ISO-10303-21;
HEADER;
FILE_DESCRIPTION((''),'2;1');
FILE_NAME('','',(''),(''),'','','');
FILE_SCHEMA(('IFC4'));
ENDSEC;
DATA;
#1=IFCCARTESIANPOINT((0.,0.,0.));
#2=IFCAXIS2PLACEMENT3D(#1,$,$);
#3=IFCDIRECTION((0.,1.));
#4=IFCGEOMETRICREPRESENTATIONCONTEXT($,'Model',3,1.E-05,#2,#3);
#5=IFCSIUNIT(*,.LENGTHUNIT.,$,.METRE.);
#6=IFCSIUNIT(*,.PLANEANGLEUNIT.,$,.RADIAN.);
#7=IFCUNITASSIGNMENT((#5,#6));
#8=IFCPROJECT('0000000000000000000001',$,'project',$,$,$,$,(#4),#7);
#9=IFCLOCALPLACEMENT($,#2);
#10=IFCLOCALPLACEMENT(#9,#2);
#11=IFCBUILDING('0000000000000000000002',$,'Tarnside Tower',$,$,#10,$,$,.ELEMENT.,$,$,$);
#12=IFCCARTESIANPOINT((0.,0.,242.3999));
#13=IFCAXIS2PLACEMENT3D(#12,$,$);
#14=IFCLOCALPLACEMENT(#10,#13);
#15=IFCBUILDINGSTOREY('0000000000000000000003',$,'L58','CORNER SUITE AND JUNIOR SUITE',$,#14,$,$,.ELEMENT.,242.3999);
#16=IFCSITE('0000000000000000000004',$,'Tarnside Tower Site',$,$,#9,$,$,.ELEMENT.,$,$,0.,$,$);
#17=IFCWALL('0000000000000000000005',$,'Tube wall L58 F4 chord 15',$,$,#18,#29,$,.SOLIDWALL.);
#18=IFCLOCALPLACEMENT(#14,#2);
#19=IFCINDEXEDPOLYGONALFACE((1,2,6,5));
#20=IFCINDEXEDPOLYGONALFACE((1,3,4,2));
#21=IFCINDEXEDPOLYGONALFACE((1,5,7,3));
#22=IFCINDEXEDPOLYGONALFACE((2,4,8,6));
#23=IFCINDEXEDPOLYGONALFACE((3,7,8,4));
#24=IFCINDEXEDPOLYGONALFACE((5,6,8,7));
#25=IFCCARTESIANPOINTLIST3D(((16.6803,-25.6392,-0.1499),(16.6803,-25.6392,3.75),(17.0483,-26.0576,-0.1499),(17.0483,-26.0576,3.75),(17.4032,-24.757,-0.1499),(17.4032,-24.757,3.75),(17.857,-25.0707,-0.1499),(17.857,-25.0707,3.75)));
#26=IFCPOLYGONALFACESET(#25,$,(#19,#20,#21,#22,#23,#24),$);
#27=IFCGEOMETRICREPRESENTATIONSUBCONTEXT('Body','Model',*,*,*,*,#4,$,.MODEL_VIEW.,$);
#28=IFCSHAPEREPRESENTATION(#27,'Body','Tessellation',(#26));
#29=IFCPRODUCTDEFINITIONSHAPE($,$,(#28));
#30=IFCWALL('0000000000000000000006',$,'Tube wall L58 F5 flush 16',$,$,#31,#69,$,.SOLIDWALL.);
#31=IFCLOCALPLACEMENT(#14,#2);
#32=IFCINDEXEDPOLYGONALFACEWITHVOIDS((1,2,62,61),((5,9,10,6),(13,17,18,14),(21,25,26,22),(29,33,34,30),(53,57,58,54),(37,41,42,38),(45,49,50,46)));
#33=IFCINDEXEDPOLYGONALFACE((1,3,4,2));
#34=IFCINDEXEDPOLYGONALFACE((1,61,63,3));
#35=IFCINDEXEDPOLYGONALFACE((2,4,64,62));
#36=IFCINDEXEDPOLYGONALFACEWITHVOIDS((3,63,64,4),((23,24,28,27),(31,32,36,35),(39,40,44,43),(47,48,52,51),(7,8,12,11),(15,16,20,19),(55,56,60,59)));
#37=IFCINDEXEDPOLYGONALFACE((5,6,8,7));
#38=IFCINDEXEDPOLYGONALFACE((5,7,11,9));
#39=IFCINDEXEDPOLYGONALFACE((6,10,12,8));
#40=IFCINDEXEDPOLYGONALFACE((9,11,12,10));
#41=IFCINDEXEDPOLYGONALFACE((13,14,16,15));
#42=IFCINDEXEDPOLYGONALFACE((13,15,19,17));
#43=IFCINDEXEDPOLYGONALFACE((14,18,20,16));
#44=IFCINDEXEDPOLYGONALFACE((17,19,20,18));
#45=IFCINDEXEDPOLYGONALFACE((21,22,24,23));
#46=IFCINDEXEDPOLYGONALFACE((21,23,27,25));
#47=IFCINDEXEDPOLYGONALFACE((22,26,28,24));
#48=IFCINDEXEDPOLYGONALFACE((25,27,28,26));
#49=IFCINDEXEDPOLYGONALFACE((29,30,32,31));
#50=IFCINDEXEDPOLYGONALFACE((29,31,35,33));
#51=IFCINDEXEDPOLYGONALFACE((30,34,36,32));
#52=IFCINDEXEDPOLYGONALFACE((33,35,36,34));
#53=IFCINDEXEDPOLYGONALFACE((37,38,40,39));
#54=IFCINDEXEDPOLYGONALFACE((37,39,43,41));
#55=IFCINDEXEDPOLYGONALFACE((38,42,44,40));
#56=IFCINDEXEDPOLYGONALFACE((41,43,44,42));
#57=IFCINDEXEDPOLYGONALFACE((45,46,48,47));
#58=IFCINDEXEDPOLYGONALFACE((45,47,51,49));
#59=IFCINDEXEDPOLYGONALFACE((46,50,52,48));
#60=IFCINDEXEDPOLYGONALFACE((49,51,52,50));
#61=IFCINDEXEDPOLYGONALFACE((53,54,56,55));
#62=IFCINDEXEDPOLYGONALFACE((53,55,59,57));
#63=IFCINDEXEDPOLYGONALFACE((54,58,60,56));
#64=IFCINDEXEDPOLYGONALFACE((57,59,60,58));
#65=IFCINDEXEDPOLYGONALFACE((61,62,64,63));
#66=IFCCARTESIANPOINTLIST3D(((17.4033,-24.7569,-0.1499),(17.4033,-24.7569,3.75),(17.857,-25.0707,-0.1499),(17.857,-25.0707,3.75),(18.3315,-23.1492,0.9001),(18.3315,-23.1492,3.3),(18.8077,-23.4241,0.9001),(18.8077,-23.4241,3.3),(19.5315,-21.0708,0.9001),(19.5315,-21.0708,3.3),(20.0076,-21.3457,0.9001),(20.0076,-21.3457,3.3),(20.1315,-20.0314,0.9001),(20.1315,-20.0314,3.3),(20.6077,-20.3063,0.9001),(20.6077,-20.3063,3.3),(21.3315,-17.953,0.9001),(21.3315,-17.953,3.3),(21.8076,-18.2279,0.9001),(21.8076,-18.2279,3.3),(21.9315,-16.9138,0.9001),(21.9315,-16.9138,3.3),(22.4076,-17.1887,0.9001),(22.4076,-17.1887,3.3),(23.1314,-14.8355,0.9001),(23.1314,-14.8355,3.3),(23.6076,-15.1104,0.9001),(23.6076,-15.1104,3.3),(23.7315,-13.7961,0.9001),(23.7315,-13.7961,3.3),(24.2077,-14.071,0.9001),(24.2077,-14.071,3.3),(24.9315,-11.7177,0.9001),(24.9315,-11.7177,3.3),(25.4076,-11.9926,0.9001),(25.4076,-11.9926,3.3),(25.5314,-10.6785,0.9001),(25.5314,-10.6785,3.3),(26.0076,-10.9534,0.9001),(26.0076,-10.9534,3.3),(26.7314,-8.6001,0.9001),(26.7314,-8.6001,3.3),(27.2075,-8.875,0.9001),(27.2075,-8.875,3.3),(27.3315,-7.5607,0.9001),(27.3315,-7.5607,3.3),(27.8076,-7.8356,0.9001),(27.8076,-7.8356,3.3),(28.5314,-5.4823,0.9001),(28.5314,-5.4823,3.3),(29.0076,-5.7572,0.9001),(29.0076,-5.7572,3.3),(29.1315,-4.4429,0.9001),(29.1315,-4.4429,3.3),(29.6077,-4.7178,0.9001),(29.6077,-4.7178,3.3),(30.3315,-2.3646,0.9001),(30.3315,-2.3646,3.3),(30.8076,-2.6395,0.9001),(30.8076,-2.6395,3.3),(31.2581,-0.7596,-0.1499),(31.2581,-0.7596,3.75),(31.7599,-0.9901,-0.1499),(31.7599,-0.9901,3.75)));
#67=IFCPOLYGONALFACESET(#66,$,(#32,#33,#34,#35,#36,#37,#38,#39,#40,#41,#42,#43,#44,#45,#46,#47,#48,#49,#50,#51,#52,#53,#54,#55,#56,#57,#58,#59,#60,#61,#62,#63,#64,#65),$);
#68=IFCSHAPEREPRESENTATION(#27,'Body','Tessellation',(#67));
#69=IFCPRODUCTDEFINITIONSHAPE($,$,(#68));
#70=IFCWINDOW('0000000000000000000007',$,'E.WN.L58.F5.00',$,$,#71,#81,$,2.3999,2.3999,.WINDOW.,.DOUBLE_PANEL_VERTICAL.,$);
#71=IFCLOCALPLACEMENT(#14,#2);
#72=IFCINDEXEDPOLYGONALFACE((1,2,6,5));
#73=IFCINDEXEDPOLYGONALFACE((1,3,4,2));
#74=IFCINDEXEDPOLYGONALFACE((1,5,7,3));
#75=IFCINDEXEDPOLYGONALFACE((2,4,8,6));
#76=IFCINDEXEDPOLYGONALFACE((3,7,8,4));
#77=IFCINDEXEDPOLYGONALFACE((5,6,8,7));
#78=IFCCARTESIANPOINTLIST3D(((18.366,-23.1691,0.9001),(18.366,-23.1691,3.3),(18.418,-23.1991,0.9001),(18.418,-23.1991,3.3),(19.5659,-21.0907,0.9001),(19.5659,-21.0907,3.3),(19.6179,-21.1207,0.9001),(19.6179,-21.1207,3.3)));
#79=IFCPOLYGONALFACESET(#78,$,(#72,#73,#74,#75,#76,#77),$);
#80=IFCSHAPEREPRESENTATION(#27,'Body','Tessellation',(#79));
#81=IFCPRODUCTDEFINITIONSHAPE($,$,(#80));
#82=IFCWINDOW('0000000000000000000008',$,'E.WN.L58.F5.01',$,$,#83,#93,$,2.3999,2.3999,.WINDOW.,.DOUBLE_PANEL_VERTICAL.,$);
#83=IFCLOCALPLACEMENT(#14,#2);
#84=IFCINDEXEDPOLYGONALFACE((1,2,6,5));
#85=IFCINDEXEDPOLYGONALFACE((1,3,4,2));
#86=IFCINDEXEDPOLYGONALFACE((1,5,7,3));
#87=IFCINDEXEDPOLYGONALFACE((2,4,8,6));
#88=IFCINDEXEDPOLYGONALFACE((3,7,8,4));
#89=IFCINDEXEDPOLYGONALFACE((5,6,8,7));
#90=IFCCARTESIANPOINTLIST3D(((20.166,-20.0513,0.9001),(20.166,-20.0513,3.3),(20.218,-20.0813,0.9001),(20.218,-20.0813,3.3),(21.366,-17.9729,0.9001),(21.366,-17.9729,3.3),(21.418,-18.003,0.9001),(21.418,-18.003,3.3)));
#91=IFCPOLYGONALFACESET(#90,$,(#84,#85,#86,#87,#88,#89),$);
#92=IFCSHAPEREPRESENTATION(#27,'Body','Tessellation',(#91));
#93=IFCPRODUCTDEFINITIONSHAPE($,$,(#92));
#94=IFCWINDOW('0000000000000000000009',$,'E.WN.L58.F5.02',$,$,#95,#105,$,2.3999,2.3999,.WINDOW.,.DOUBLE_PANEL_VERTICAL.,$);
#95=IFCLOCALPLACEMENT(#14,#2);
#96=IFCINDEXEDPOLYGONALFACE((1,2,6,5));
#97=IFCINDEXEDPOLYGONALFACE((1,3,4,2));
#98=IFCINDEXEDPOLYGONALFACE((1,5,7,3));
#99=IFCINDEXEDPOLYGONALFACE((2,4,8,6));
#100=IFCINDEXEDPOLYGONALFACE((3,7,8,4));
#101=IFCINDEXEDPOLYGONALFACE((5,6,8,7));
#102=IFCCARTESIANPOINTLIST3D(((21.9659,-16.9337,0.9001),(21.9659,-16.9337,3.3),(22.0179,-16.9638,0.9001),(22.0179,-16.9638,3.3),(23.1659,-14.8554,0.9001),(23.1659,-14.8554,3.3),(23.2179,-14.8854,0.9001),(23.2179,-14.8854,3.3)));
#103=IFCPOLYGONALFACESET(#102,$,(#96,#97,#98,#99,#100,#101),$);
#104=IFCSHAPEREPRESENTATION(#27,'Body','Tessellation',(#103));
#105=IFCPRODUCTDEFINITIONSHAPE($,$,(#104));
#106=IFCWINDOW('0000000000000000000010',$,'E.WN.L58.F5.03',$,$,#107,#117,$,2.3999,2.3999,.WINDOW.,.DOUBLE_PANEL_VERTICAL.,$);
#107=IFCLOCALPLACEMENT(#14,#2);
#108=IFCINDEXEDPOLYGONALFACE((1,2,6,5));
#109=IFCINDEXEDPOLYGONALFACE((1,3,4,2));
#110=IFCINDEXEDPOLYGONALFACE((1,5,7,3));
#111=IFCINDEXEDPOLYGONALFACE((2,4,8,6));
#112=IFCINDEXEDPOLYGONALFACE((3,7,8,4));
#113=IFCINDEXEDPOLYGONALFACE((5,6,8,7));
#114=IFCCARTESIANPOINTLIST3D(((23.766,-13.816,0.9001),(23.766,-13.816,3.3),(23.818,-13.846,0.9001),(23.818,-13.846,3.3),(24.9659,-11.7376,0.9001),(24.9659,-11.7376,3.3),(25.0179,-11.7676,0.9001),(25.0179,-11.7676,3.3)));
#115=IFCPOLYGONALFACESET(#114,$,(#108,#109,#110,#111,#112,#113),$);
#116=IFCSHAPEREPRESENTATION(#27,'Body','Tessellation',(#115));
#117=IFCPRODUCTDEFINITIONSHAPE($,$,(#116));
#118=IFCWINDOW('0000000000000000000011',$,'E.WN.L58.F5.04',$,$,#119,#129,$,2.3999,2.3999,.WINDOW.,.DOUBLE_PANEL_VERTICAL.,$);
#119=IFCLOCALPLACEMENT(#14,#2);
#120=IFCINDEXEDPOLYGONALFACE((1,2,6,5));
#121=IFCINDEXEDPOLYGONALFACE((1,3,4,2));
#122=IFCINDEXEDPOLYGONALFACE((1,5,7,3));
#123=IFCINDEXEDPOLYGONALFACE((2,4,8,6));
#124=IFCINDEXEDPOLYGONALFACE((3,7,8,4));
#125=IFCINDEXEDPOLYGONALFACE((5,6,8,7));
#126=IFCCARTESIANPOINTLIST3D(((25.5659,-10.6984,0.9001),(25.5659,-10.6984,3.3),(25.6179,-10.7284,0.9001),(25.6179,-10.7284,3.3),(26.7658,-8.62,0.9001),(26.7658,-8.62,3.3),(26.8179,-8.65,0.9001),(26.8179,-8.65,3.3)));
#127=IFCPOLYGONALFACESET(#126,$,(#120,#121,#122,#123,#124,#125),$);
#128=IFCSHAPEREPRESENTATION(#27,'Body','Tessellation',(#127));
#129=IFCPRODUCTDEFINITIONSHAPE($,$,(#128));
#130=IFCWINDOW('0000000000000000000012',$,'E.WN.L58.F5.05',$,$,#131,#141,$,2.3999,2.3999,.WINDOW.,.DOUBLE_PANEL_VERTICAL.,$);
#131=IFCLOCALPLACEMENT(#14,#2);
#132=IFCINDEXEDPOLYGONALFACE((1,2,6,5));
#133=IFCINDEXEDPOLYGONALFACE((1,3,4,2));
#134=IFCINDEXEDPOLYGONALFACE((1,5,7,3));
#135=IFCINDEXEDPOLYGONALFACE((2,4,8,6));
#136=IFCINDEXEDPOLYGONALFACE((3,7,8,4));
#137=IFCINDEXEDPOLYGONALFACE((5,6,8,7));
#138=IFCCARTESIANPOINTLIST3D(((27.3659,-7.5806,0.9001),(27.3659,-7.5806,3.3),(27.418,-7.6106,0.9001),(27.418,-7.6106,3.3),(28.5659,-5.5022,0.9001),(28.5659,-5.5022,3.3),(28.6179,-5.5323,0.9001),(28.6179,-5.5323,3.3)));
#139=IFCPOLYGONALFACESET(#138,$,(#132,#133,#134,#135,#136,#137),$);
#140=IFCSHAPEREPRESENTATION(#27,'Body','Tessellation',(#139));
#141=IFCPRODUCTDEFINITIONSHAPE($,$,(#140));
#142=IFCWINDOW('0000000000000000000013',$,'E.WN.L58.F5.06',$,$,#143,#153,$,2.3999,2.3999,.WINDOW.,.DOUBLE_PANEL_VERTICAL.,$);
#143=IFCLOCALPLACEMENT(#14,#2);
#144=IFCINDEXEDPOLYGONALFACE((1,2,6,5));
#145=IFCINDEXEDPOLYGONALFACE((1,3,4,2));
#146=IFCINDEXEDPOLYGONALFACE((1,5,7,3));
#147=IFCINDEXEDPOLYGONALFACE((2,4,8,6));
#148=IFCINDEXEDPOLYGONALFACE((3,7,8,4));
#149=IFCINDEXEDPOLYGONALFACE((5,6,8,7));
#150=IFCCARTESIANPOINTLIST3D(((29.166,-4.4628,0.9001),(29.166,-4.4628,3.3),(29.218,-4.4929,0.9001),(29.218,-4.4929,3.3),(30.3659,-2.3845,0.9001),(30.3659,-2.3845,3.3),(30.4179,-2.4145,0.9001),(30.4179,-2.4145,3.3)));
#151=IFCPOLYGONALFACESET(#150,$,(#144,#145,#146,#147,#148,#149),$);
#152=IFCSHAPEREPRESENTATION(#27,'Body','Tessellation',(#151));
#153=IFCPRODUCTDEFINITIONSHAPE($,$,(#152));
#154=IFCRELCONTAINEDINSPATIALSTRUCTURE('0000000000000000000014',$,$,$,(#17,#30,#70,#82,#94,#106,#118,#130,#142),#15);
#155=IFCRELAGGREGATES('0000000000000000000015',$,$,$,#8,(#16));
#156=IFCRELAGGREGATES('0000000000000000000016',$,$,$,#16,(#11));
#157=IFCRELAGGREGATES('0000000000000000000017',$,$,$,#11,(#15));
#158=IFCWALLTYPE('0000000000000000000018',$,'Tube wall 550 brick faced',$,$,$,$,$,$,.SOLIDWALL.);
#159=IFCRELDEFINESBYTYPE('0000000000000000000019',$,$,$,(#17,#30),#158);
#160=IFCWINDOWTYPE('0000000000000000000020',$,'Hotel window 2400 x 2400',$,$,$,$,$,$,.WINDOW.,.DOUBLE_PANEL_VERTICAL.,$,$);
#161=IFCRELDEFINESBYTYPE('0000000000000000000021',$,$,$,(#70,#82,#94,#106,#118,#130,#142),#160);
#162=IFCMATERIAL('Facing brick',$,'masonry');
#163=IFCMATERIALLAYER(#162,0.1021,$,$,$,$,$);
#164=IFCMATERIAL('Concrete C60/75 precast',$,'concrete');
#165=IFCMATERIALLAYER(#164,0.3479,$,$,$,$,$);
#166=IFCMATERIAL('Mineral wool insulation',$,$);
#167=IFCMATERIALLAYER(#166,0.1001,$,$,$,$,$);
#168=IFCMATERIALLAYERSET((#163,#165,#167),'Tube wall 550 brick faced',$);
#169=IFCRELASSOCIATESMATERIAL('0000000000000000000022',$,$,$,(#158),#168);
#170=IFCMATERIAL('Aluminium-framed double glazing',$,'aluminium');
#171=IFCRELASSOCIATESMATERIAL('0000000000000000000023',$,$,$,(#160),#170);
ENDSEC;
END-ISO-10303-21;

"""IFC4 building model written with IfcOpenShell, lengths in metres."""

from ifc_helpers import new_model, si_unit, direction, frame, frame_2d, origin, place, context, subcontext, project, spatial, polyline, rectangle, outline, extrude, material, layer, layer_set, type_object, element, fill, save


model = new_model("IFC4")

# Units and contexts
model_context = context("Model", 3, precision=1e-05, world=origin(), true_north=direction((0.0, 1.0)))
body_context = subcontext(model_context, "Body", "Model", "MODEL_VIEW")
ifc_project = project(units=[si_unit("LENGTHUNIT", "METRE"), si_unit("PLANEANGLEUNIT", "RADIAN")], contexts=[model_context])

# Site, building, storey
site_placement = place(None, origin())
site = spatial("IfcSite", under=ifc_project, at=site_placement, Name="Tarnside Tower Site", CompositionType="ELEMENT", RefElevation=0.0)
building_placement = place(site_placement, origin())
building = spatial("IfcBuilding", under=site, at=building_placement, Name="Tarnside Tower", CompositionType="ELEMENT")
storey_placement = place(building_placement, frame((0.0, 0.0, 242.3999)))
storey = spatial("IfcBuildingStorey", under=building, at=storey_placement, Name="L58", Description="CORNER SUITE AND JUNIOR SUITE", CompositionType="ELEMENT", Elevation=242.3999)

# Wall
ifc_material_1 = material(Name="Facing brick", Category="masonry")
ifc_layer_1 = layer(ifc_material_1, 0.1021)
ifc_material_2 = material(Name="Concrete C60/75 precast", Category="concrete")
ifc_layer_2 = layer(ifc_material_2, 0.3479)
ifc_material_3 = material(Name="Mineral wool insulation")
ifc_layer_3 = layer(ifc_material_3, 0.1001)
ifc_layer_set_1 = layer_set([ifc_layer_1, ifc_layer_2, ifc_layer_3], Name="Tube wall 550 brick faced")
wall_type_1 = type_object("IfcWallType", Name="Tube wall 550 brick faced", PredefinedType="SOLIDWALL", material=ifc_layer_set_1)
wall_1_placement = place(storey_placement, frame((16.8643, -25.8484, -0.1499), z_axis=(0.0, 0.0, 1.0), x_axis=(0.633843, 0.773462, 0.0)))
element("IfcWall", 1, at=wall_1_placement, inside=storey, type_object=wall_type_1, Name="Tube wall L58 F4 chord 15", PredefinedType="SOLIDWALL", context=body_context, shape_type="SweptSolid", body=[
    extrude(outline(polyline([(-0.0452, -0.2749), (1.2307, -0.2749), (1.1858, 0.2749), (0.0452, 0.2749), (-0.0452, -0.2749)])), origin(), (0.0, 0.0, 1.0), 3.8999),
])

# Wall, openings, windows
wall_2_placement = place(storey_placement, frame((17.6301, -24.9138, -0.1499), z_axis=(0.0, 0.0, 1.0), x_axis=(0.499999, 0.866026, 0.0)))
wall_2 = element("IfcWall", 2, at=wall_2_placement, inside=storey, type_object=wall_type_1, Name="Tube wall L58 F5 flush 16", PredefinedType="SOLIDWALL", context=body_context, shape_type="SweptSolid", body=[
    extrude(outline(polyline([(-0.0225, -0.2749), (27.7834, -0.2749), (27.7322, 0.2749), (0.0225, 0.2749), (-0.0225, -0.2749)])), origin(), (0.0, 0.0, 1.0), 3.8999),
])
opening_1_placement = place(wall_2_placement, frame((1.8789, 0.0, 1.05)))
opening_1 = element("IfcOpeningElement", 3, at=opening_1_placement, cuts=wall_2, PredefinedType="OPENING", context=body_context, shape_type="SweptSolid", body=[
    extrude(rectangle(XDim=2.3999, YDim=2.3999, at=frame_2d((1.2, 1.2))), frame((0.0, 0.2852, 0.0), z_axis=(0.0, -1.0, 0.0), x_axis=(1.0, 0.0, 0.0)), (0.0, 0.0, 1.0), 0.5701),
])
opening_2_placement = place(wall_2_placement, frame((5.479, 0.0, 1.05)))
opening_2 = element("IfcOpeningElement", 4, at=opening_2_placement, cuts=wall_2, PredefinedType="OPENING", context=body_context, shape_type="SweptSolid", body=[
    extrude(rectangle(XDim=2.3999, YDim=2.3999, at=frame_2d((1.2, 1.2))), frame((0.0, 0.2852, 0.0), z_axis=(0.0, -1.0, 0.0), x_axis=(1.0, 0.0, 0.0)), (0.0, 0.0, 1.0), 0.5701),
])
opening_3_placement = place(wall_2_placement, frame((9.0789, 0.0, 1.05)))
opening_3 = element("IfcOpeningElement", 5, at=opening_3_placement, cuts=wall_2, PredefinedType="OPENING", context=body_context, shape_type="SweptSolid", body=[
    extrude(rectangle(XDim=2.3999, YDim=2.3999, at=frame_2d((1.2, 1.2))), frame((0.0, 0.2852, 0.0), z_axis=(0.0, -1.0, 0.0), x_axis=(1.0, 0.0, 0.0)), (0.0, 0.0, 1.0), 0.5701),
])
opening_4_placement = place(wall_2_placement, frame((12.679, 0.0, 1.05)))
opening_4 = element("IfcOpeningElement", 6, at=opening_4_placement, cuts=wall_2, PredefinedType="OPENING", context=body_context, shape_type="SweptSolid", body=[
    extrude(rectangle(XDim=2.3999, YDim=2.3999, at=frame_2d((1.2, 1.2))), frame((0.0, 0.2852, 0.0), z_axis=(0.0, -1.0, 0.0), x_axis=(1.0, 0.0, 0.0)), (0.0, 0.0, 1.0), 0.5701),
])
opening_5_placement = place(wall_2_placement, frame((16.2788, 0.0, 1.05)))
opening_5 = element("IfcOpeningElement", 7, at=opening_5_placement, cuts=wall_2, PredefinedType="OPENING", context=body_context, shape_type="SweptSolid", body=[
    extrude(rectangle(XDim=2.3999, YDim=2.3999, at=frame_2d((1.2, 1.2))), frame((0.0, 0.2852, 0.0), z_axis=(0.0, -1.0, 0.0), x_axis=(1.0, 0.0, 0.0)), (0.0, 0.0, 1.0), 0.5701),
])
opening_6_placement = place(wall_2_placement, frame((19.8789, 0.0, 1.05)))
opening_6 = element("IfcOpeningElement", 8, at=opening_6_placement, cuts=wall_2, PredefinedType="OPENING", context=body_context, shape_type="SweptSolid", body=[
    extrude(rectangle(XDim=2.3999, YDim=2.3999, at=frame_2d((1.2, 1.2))), frame((0.0, 0.2852, 0.0), z_axis=(0.0, -1.0, 0.0), x_axis=(1.0, 0.0, 0.0)), (0.0, 0.0, 1.0), 0.5701),
])
opening_7_placement = place(wall_2_placement, frame((23.479, 0.0, 1.05)))
opening_7 = element("IfcOpeningElement", 9, at=opening_7_placement, cuts=wall_2, PredefinedType="OPENING", context=body_context, shape_type="SweptSolid", body=[
    extrude(rectangle(XDim=2.3999, YDim=2.3999, at=frame_2d((1.2, 1.2))), frame((0.0, 0.2852, 0.0), z_axis=(0.0, -1.0, 0.0), x_axis=(1.0, 0.0, 0.0)), (0.0, 0.0, 1.0), 0.5701),
])
ifc_material_4 = material(Name="Aluminium-framed double glazing", Category="aluminium")
window_type = type_object("IfcWindowType", Name="Hotel window 2400 x 2400", PartitioningType="DOUBLE_PANEL_VERTICAL", PredefinedType="WINDOW", material=ifc_material_4)
window_1_placement = place(opening_1_placement, frame((0.0, 0.2051, 0.0)))
window_1 = element("IfcWindow", 10, at=window_1_placement, inside=storey, type_object=window_type, Name="E.WN.L58.F5.00", OverallHeight=2.3999, OverallWidth=2.3999, PartitioningType="DOUBLE_PANEL_VERTICAL", PredefinedType="WINDOW", context=body_context, shape_type="SweptSolid", body=[
    extrude(rectangle(XDim=2.3999, YDim=2.3999, at=frame_2d((1.2, 1.2))), frame((0.0, 0.03, 0.0), z_axis=(0.0, -1.0, 0.0), x_axis=(1.0, 0.0, 0.0)), (0.0, 0.0, 1.0), 0.0601),
])
fill(opening_1, window_1)
window_2_placement = place(opening_2_placement, frame((0.0, 0.2051, 0.0)))
window_2 = element("IfcWindow", 11, at=window_2_placement, inside=storey, type_object=window_type, Name="E.WN.L58.F5.01", OverallHeight=2.3999, OverallWidth=2.3999, PartitioningType="DOUBLE_PANEL_VERTICAL", PredefinedType="WINDOW", context=body_context, shape_type="SweptSolid", body=[
    extrude(rectangle(XDim=2.3999, YDim=2.3999, at=frame_2d((1.2, 1.2))), frame((0.0, 0.03, 0.0), z_axis=(0.0, -1.0, 0.0), x_axis=(1.0, 0.0, 0.0)), (0.0, 0.0, 1.0), 0.0601),
])
fill(opening_2, window_2)
window_3_placement = place(opening_3_placement, frame((0.0, 0.2051, 0.0)))
window_3 = element("IfcWindow", 12, at=window_3_placement, inside=storey, type_object=window_type, Name="E.WN.L58.F5.02", OverallHeight=2.3999, OverallWidth=2.3999, PartitioningType="DOUBLE_PANEL_VERTICAL", PredefinedType="WINDOW", context=body_context, shape_type="SweptSolid", body=[
    extrude(rectangle(XDim=2.3999, YDim=2.3999, at=frame_2d((1.2, 1.2))), frame((0.0, 0.03, 0.0), z_axis=(0.0, -1.0, 0.0), x_axis=(1.0, 0.0, 0.0)), (0.0, 0.0, 1.0), 0.0601),
])
fill(opening_3, window_3)
window_4_placement = place(opening_4_placement, frame((0.0, 0.2051, 0.0)))
window_4 = element("IfcWindow", 13, at=window_4_placement, inside=storey, type_object=window_type, Name="E.WN.L58.F5.03", OverallHeight=2.3999, OverallWidth=2.3999, PartitioningType="DOUBLE_PANEL_VERTICAL", PredefinedType="WINDOW", context=body_context, shape_type="SweptSolid", body=[
    extrude(rectangle(XDim=2.3999, YDim=2.3999, at=frame_2d((1.2, 1.2))), frame((0.0, 0.03, 0.0), z_axis=(0.0, -1.0, 0.0), x_axis=(1.0, 0.0, 0.0)), (0.0, 0.0, 1.0), 0.0601),
])
fill(opening_4, window_4)
window_5_placement = place(opening_5_placement, frame((0.0, 0.2051, 0.0)))
window_5 = element("IfcWindow", 14, at=window_5_placement, inside=storey, type_object=window_type, Name="E.WN.L58.F5.04", OverallHeight=2.3999, OverallWidth=2.3999, PartitioningType="DOUBLE_PANEL_VERTICAL", PredefinedType="WINDOW", context=body_context, shape_type="SweptSolid", body=[
    extrude(rectangle(XDim=2.3999, YDim=2.3999, at=frame_2d((1.2, 1.2))), frame((0.0, 0.03, 0.0), z_axis=(0.0, -1.0, 0.0), x_axis=(1.0, 0.0, 0.0)), (0.0, 0.0, 1.0), 0.0601),
])
fill(opening_5, window_5)
window_6_placement = place(opening_6_placement, frame((0.0, 0.2051, 0.0)))
window_6 = element("IfcWindow", 15, at=window_6_placement, inside=storey, type_object=window_type, Name="E.WN.L58.F5.05", OverallHeight=2.3999, OverallWidth=2.3999, PartitioningType="DOUBLE_PANEL_VERTICAL", PredefinedType="WINDOW", context=body_context, shape_type="SweptSolid", body=[
    extrude(rectangle(XDim=2.3999, YDim=2.3999, at=frame_2d((1.2, 1.2))), frame((0.0, 0.03, 0.0), z_axis=(0.0, -1.0, 0.0), x_axis=(1.0, 0.0, 0.0)), (0.0, 0.0, 1.0), 0.0601),
])
fill(opening_6, window_6)
window_7_placement = place(opening_7_placement, frame((0.0, 0.2051, 0.0)))
window_7 = element("IfcWindow", 16, at=window_7_placement, inside=storey, type_object=window_type, Name="E.WN.L58.F5.06", OverallHeight=2.3999, OverallWidth=2.3999, PartitioningType="DOUBLE_PANEL_VERTICAL", PredefinedType="WINDOW", context=body_context, shape_type="SweptSolid", body=[
    extrude(rectangle(XDim=2.3999, YDim=2.3999, at=frame_2d((1.2, 1.2))), frame((0.0, 0.03, 0.0), z_axis=(0.0, -1.0, 0.0), x_axis=(1.0, 0.0, 0.0)), (0.0, 0.0, 1.0), 0.0601),
])
fill(opening_7, window_7)

save(model, "model.ifc")
